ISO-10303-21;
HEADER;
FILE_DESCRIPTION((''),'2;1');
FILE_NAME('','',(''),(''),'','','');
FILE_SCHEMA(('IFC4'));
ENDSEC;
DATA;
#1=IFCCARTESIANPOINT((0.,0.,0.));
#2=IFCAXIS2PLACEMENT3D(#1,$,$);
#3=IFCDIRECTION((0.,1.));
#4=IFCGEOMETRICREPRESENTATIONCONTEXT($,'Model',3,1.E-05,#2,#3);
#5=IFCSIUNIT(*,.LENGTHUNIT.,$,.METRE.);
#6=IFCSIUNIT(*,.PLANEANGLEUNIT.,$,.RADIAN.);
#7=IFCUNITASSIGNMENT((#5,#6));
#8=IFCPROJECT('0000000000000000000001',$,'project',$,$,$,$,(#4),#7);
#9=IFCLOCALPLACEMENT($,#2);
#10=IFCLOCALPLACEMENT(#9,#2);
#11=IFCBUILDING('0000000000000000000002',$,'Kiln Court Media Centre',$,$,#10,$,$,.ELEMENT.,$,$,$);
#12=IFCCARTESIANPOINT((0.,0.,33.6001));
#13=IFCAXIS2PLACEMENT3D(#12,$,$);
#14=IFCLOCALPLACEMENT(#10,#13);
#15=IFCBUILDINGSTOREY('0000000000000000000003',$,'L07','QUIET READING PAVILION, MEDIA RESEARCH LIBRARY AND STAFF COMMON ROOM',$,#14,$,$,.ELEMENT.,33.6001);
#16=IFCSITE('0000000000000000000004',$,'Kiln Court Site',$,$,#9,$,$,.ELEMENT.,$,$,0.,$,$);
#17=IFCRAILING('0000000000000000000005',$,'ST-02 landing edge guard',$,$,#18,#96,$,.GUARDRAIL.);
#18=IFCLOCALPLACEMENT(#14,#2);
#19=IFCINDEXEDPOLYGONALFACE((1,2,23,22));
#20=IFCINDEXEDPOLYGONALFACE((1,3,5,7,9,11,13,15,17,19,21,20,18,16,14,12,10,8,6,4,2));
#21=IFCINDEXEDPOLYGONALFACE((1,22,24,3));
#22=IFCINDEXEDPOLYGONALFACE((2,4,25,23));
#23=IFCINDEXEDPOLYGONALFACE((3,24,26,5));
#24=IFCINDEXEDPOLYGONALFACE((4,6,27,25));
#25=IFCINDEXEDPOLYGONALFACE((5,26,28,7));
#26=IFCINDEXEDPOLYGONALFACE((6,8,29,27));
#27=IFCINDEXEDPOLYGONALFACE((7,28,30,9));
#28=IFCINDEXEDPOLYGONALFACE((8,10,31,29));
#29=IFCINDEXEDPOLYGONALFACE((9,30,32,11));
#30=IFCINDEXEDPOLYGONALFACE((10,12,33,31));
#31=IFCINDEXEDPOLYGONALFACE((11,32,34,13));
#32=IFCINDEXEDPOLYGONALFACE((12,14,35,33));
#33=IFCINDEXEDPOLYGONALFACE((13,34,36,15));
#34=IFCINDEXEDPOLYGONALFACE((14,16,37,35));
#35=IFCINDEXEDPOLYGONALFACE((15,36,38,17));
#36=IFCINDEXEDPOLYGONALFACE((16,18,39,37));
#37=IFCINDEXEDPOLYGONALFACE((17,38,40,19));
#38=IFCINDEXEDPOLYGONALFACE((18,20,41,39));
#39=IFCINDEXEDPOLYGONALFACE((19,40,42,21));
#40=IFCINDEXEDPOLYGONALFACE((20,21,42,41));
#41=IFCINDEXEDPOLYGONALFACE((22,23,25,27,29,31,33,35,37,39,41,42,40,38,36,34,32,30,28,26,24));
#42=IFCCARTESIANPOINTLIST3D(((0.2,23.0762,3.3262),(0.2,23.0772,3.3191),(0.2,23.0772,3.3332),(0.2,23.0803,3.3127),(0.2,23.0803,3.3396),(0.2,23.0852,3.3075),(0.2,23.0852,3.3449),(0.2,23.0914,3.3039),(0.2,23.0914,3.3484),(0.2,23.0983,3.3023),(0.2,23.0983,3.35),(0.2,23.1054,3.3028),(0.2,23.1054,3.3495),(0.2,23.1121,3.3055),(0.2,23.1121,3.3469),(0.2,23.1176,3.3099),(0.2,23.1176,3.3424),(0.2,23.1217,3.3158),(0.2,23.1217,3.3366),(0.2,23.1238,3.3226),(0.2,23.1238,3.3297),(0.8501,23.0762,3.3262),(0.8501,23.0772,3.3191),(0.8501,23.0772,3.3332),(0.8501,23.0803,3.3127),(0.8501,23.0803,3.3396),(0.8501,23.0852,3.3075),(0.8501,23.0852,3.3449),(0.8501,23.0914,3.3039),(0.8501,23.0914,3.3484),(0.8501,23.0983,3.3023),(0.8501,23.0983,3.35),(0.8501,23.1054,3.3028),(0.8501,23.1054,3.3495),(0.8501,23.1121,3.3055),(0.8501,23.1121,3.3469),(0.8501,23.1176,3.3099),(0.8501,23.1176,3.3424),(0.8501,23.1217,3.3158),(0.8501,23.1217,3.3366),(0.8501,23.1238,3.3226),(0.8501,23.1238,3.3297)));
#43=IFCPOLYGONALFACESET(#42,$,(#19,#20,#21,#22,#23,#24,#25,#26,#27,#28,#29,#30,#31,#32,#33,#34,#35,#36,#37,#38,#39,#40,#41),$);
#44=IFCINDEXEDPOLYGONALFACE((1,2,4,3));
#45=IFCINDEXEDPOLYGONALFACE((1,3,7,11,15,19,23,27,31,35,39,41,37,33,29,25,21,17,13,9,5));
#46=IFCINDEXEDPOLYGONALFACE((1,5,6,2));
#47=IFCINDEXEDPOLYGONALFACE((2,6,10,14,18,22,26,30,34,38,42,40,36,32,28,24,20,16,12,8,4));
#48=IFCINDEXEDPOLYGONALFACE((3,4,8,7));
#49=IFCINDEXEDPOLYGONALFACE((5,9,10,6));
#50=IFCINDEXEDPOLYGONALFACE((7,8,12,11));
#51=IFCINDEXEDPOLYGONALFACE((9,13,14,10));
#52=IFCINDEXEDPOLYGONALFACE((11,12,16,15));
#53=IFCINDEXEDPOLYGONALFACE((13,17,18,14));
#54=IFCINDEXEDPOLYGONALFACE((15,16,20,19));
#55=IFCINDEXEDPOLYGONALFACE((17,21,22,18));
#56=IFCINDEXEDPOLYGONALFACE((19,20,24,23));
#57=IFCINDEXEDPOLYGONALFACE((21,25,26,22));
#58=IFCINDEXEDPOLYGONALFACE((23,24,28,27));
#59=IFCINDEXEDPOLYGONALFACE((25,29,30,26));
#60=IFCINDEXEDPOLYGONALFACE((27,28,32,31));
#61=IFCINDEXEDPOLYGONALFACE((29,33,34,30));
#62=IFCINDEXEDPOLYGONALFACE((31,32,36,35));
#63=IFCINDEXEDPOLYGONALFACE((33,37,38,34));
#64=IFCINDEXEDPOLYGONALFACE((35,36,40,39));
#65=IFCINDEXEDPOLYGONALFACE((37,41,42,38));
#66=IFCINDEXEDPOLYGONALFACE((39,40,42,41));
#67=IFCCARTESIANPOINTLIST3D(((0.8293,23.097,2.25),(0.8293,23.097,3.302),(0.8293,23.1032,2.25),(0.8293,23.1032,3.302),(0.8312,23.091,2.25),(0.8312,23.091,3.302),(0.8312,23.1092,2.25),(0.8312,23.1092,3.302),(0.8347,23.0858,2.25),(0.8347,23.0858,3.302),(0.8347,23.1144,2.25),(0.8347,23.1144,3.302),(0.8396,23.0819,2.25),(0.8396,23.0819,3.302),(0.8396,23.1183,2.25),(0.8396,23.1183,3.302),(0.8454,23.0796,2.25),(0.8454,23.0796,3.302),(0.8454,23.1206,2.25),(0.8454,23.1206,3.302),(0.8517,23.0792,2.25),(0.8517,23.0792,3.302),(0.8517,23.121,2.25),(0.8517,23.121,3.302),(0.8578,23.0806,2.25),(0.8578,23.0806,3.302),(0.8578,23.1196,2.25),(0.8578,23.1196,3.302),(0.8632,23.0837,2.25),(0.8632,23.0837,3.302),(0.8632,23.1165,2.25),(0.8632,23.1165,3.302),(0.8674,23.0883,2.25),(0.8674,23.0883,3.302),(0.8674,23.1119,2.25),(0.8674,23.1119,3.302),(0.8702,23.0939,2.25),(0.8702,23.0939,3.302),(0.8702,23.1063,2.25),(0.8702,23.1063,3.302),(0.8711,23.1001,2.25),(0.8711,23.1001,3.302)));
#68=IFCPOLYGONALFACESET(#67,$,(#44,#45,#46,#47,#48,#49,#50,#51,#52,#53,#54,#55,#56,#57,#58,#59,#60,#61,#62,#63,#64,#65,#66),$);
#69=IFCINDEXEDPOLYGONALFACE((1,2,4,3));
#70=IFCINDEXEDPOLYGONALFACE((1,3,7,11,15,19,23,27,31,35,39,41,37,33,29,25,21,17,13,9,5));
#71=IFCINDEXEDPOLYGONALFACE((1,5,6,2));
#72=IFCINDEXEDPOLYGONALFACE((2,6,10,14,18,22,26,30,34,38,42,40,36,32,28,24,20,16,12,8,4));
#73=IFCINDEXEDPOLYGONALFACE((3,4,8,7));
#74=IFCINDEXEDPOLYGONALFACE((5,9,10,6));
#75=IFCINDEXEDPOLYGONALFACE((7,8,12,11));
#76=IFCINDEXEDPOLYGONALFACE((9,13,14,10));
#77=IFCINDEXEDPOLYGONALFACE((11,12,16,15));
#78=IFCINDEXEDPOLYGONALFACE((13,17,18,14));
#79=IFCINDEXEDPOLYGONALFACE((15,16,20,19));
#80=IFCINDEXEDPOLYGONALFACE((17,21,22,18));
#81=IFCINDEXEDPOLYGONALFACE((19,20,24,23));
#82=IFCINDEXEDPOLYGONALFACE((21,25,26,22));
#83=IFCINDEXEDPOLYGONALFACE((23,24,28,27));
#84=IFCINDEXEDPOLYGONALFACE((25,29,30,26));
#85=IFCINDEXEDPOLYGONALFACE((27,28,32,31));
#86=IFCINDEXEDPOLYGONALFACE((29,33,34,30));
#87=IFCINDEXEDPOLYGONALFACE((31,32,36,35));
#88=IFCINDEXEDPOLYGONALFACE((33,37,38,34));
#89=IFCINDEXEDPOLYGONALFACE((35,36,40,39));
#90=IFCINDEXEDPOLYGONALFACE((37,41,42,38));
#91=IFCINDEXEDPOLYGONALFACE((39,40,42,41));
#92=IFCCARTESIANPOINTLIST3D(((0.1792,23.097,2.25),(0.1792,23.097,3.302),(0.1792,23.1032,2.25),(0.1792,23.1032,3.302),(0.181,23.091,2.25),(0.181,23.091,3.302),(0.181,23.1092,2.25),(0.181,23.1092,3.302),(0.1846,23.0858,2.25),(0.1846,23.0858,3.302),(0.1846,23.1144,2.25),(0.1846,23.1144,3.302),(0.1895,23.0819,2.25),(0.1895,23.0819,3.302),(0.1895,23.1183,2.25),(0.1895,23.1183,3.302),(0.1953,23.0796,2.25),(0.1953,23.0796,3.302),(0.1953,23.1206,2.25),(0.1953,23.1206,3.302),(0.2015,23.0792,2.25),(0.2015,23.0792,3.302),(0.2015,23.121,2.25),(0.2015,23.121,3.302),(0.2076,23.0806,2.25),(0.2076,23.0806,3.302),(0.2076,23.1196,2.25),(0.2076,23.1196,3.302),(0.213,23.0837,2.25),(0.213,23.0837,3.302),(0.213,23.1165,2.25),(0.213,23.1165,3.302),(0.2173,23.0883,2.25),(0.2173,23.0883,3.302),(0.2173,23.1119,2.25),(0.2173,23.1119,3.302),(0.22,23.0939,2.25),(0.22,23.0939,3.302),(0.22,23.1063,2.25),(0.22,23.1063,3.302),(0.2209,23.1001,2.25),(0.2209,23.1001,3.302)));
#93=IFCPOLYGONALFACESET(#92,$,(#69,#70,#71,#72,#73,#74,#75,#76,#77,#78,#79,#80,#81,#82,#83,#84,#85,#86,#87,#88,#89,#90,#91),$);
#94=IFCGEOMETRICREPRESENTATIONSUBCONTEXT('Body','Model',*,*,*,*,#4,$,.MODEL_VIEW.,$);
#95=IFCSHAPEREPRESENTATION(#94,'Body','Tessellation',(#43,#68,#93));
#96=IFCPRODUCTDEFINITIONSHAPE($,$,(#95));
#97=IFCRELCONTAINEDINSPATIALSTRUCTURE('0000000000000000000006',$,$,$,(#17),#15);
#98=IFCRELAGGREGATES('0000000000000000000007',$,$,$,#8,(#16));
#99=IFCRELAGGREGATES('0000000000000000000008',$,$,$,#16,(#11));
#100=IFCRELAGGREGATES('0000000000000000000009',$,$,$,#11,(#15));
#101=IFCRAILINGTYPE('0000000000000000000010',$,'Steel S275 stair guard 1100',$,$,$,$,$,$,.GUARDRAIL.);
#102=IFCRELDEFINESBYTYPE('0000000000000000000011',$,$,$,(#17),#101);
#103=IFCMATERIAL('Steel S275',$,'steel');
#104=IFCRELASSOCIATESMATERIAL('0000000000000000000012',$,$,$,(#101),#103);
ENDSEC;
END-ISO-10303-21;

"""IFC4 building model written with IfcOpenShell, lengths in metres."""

from ifc_helpers import new_model, si_unit, direction, frame, origin, origin_2d, place, context, subcontext, project, spatial, circle, extrude, material, type_object, element, save


model = new_model("IFC4")

# Units and contexts
model_context = context("Model", 3, precision=1e-05, world=origin(), true_north=direction((0.0, 1.0)))
body_context = subcontext(model_context, "Body", "Model", "MODEL_VIEW")
ifc_project = project(units=[si_unit("LENGTHUNIT", "METRE"), si_unit("PLANEANGLEUNIT", "RADIAN")], contexts=[model_context])

# Site, building, storey
site_placement = place(None, origin())
site = spatial("IfcSite", under=ifc_project, at=site_placement, Name="Kiln Court Site", CompositionType="ELEMENT", RefElevation=0.0)
building_placement = place(site_placement, origin())
building = spatial("IfcBuilding", under=site, at=building_placement, Name="Kiln Court Media Centre", CompositionType="ELEMENT")
storey_placement = place(building_placement, frame((0.0, 0.0, 33.6001)))
storey = spatial("IfcBuildingStorey", under=building, at=storey_placement, Name="L07", Description="QUIET READING PAVILION, MEDIA RESEARCH LIBRARY AND STAFF COMMON ROOM", CompositionType="ELEMENT", Elevation=33.6001)

# Railing
ifc_material_1 = material(Name="Steel S275", Category="steel")
railing_type_1 = type_object("IfcRailingType", Name="Steel S275 stair guard 1100", PredefinedType="GUARDRAIL", material=ifc_material_1)
railing_1_placement = place(storey_placement, frame((0.8501, 23.1001, 2.25)))
element("IfcRailing", 1, at=railing_1_placement, inside=storey, type_object=railing_type_1, Name="ST-02 landing edge guard", PredefinedType="GUARDRAIL", context=body_context, shape_type="SweptSolid", body=[
    extrude(circle(Radius=0.0239, at=origin_2d()), frame((0.0, 0.0, 1.0762), z_axis=(-1.0, 0.0, 0.0), x_axis=(0.0, -1.0, 0.0)), (0.0, 0.0, 1.0), 0.6501),
    extrude(circle(Radius=0.021, at=origin_2d()), origin(), (0.0, 0.0, 1.0), 1.052),
    extrude(circle(Radius=0.021, at=origin_2d()), frame((-0.6501, 0.0, 0.0)), (0.0, 0.0, 1.0), 1.052),
])

save(model, "model.ifc")
